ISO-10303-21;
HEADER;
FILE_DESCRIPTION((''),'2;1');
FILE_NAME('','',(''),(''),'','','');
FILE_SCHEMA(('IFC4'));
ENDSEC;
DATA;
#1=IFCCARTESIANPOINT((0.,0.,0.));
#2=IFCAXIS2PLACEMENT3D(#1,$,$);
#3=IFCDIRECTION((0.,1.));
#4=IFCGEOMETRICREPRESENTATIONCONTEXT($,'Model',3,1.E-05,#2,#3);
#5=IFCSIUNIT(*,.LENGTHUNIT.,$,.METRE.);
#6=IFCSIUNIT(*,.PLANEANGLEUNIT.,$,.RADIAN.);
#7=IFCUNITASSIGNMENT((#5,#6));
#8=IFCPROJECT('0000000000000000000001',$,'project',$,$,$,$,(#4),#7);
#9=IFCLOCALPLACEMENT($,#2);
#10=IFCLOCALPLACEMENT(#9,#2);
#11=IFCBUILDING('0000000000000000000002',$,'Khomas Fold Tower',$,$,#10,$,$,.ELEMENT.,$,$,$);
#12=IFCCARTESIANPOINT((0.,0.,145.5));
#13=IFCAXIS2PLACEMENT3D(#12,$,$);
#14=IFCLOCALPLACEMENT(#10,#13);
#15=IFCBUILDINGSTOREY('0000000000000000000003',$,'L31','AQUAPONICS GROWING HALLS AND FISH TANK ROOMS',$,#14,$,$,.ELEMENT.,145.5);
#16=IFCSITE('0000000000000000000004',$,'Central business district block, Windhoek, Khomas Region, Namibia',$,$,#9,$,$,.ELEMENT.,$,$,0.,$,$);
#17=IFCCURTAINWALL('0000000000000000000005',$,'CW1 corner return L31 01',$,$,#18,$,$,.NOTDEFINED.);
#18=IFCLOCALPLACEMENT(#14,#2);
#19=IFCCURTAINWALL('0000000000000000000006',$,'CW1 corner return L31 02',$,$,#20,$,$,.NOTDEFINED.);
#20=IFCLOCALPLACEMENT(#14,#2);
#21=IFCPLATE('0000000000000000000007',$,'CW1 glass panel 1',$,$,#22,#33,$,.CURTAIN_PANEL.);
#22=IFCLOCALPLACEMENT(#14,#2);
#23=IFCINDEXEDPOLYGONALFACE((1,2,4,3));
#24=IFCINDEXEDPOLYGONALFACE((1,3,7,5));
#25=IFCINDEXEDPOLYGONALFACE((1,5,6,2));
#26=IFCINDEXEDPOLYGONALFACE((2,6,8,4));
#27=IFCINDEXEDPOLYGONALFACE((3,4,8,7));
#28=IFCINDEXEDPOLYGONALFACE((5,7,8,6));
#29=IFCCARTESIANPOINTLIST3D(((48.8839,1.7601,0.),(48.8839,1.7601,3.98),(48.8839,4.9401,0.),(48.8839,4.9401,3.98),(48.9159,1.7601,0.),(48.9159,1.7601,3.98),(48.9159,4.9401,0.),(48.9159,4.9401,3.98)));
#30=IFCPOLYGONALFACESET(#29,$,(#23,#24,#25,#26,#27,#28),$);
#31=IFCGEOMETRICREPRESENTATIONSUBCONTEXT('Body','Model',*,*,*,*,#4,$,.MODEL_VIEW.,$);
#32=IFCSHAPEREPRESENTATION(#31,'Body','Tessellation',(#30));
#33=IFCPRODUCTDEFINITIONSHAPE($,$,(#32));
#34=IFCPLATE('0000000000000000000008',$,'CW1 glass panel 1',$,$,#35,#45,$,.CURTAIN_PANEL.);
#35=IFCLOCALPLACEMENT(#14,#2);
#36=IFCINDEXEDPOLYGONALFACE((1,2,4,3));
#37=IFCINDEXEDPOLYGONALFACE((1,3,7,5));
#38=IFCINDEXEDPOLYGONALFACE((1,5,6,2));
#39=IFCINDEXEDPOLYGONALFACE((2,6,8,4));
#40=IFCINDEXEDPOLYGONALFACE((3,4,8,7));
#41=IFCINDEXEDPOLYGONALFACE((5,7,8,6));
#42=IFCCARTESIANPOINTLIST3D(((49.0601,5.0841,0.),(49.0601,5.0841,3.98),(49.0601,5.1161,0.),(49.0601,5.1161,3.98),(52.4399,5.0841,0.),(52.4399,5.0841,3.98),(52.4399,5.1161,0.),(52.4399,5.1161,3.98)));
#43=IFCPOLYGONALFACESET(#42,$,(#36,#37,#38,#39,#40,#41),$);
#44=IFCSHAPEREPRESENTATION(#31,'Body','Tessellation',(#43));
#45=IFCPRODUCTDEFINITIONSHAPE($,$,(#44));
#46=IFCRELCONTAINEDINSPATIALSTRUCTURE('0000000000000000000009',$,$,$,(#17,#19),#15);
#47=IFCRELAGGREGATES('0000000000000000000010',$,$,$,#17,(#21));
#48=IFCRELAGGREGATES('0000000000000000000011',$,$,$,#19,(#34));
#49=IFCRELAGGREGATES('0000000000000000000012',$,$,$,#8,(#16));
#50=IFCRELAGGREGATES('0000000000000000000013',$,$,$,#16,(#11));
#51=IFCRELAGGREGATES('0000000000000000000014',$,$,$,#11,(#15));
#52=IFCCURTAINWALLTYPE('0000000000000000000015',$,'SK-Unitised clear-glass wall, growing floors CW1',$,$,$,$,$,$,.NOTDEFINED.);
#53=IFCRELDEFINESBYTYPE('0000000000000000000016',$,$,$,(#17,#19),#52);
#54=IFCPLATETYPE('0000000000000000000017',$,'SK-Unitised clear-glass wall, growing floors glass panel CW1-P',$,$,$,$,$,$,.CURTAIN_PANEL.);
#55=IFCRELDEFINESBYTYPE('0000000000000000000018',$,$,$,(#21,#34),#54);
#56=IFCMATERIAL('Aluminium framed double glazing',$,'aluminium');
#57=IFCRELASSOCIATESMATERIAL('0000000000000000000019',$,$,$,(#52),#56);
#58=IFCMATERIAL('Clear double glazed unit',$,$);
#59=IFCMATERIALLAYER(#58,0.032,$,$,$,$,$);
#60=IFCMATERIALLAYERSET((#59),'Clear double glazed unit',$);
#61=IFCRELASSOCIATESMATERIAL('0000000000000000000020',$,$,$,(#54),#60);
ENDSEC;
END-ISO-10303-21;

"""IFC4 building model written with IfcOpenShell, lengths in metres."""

from ifc_helpers import new_model, si_unit, direction, frame, origin, origin_2d, place, context, subcontext, project, spatial, rectangle, extrude, source, transform, mapped, material, layer, layer_set, type_object, element, aggregate, save


model = new_model("IFC4")

# Units and contexts
model_context = context("Model", 3, precision=1e-05, world=origin(), true_north=direction((0.0, 1.0)))
body_context = subcontext(model_context, "Body", "Model", "MODEL_VIEW")
ifc_project = project(units=[si_unit("LENGTHUNIT", "METRE"), si_unit("PLANEANGLEUNIT", "RADIAN")], contexts=[model_context])

# Site, building, storey
site_placement = place(None, origin())
site = spatial("IfcSite", under=ifc_project, at=site_placement, Name="Central business district block, Windhoek, Khomas Region, Namibia", CompositionType="ELEMENT", RefElevation=0.0)
building_placement = place(site_placement, origin())
building = spatial("IfcBuilding", under=site, at=building_placement, Name="Khomas Fold Tower", CompositionType="ELEMENT")
storey_placement = place(building_placement, frame((0.0, 0.0, 145.5)))
storey = spatial("IfcBuildingStorey", under=building, at=storey_placement, Name="L31", Description="AQUAPONICS GROWING HALLS AND FISH TANK ROOMS", CompositionType="ELEMENT", Elevation=145.5)

# Shared definitions
ifc_material_1 = material(Name="Aluminium framed double glazing", Category="aluminium")
curtain_wall_type = type_object("IfcCurtainWallType", Name="SK-Unitised clear-glass wall, growing floors CW1", PredefinedType="NOTDEFINED", material=ifc_material_1)

# Curtain walls
curtain_wall_1_placement = place(storey_placement, origin())
curtain_wall_1 = element("IfcCurtainWall", 1, at=curtain_wall_1_placement, inside=storey, type_object=curtain_wall_type, Name="CW1 corner return L31 01", PredefinedType="NOTDEFINED")
curtain_wall_2_placement = place(storey_placement, origin())
curtain_wall_2 = element("IfcCurtainWall", 2, at=curtain_wall_2_placement, inside=storey, type_object=curtain_wall_type, Name="CW1 corner return L31 02", PredefinedType="NOTDEFINED")

# Plates
ifc_material_2 = material(Name="Clear double glazed unit")
ifc_layer = layer(ifc_material_2, 0.032)
ifc_layer_set = layer_set([ifc_layer], Name="Clear double glazed unit")
plate_type = type_object("IfcPlateType", Name="SK-Unitised clear-glass wall, growing floors glass panel CW1-P", PredefinedType="CURTAIN_PANEL", material=ifc_layer_set)
shared_shape_1 = source(origin(), body_context, "Body", "SweptSolid", [
    extrude(rectangle(XDim=3.1799, YDim=0.032, at=origin_2d()), origin(), (0.0, 0.0, 1.0), 3.98),
])
plate_1_placement = place(storey_placement, frame((48.8999, 3.3501, 0.0), z_axis=(0.0, 0.0, 1.0), x_axis=(0.0, 1.0, 0.0)))
plate_1 = element("IfcPlate", 3, at=plate_1_placement, type_object=plate_type, Name="CW1 glass panel 1", PredefinedType="CURTAIN_PANEL", context=body_context, shape_type="MappedRepresentation", body=[
    mapped(shared_shape_1, transform((0.0, 0.0, 0.0))),
])
aggregate(curtain_wall_1, [plate_1])
shared_shape_2 = source(origin(), body_context, "Body", "SweptSolid", [
    extrude(rectangle(XDim=3.3799, YDim=0.032, at=origin_2d()), origin(), (0.0, 0.0, 1.0), 3.98),
])
plate_2_placement = place(storey_placement, frame((50.75, 5.1001, 0.0), z_axis=(0.0, 0.0, 1.0), x_axis=(1.0, 0.0, 0.0)))
plate_2 = element("IfcPlate", 4, at=plate_2_placement, type_object=plate_type, Name="CW1 glass panel 1", PredefinedType="CURTAIN_PANEL", context=body_context, shape_type="MappedRepresentation", body=[
    mapped(shared_shape_2, transform((0.0, 0.0, 0.0))),
])
aggregate(curtain_wall_2, [plate_2])

save(model, "model.ifc")
